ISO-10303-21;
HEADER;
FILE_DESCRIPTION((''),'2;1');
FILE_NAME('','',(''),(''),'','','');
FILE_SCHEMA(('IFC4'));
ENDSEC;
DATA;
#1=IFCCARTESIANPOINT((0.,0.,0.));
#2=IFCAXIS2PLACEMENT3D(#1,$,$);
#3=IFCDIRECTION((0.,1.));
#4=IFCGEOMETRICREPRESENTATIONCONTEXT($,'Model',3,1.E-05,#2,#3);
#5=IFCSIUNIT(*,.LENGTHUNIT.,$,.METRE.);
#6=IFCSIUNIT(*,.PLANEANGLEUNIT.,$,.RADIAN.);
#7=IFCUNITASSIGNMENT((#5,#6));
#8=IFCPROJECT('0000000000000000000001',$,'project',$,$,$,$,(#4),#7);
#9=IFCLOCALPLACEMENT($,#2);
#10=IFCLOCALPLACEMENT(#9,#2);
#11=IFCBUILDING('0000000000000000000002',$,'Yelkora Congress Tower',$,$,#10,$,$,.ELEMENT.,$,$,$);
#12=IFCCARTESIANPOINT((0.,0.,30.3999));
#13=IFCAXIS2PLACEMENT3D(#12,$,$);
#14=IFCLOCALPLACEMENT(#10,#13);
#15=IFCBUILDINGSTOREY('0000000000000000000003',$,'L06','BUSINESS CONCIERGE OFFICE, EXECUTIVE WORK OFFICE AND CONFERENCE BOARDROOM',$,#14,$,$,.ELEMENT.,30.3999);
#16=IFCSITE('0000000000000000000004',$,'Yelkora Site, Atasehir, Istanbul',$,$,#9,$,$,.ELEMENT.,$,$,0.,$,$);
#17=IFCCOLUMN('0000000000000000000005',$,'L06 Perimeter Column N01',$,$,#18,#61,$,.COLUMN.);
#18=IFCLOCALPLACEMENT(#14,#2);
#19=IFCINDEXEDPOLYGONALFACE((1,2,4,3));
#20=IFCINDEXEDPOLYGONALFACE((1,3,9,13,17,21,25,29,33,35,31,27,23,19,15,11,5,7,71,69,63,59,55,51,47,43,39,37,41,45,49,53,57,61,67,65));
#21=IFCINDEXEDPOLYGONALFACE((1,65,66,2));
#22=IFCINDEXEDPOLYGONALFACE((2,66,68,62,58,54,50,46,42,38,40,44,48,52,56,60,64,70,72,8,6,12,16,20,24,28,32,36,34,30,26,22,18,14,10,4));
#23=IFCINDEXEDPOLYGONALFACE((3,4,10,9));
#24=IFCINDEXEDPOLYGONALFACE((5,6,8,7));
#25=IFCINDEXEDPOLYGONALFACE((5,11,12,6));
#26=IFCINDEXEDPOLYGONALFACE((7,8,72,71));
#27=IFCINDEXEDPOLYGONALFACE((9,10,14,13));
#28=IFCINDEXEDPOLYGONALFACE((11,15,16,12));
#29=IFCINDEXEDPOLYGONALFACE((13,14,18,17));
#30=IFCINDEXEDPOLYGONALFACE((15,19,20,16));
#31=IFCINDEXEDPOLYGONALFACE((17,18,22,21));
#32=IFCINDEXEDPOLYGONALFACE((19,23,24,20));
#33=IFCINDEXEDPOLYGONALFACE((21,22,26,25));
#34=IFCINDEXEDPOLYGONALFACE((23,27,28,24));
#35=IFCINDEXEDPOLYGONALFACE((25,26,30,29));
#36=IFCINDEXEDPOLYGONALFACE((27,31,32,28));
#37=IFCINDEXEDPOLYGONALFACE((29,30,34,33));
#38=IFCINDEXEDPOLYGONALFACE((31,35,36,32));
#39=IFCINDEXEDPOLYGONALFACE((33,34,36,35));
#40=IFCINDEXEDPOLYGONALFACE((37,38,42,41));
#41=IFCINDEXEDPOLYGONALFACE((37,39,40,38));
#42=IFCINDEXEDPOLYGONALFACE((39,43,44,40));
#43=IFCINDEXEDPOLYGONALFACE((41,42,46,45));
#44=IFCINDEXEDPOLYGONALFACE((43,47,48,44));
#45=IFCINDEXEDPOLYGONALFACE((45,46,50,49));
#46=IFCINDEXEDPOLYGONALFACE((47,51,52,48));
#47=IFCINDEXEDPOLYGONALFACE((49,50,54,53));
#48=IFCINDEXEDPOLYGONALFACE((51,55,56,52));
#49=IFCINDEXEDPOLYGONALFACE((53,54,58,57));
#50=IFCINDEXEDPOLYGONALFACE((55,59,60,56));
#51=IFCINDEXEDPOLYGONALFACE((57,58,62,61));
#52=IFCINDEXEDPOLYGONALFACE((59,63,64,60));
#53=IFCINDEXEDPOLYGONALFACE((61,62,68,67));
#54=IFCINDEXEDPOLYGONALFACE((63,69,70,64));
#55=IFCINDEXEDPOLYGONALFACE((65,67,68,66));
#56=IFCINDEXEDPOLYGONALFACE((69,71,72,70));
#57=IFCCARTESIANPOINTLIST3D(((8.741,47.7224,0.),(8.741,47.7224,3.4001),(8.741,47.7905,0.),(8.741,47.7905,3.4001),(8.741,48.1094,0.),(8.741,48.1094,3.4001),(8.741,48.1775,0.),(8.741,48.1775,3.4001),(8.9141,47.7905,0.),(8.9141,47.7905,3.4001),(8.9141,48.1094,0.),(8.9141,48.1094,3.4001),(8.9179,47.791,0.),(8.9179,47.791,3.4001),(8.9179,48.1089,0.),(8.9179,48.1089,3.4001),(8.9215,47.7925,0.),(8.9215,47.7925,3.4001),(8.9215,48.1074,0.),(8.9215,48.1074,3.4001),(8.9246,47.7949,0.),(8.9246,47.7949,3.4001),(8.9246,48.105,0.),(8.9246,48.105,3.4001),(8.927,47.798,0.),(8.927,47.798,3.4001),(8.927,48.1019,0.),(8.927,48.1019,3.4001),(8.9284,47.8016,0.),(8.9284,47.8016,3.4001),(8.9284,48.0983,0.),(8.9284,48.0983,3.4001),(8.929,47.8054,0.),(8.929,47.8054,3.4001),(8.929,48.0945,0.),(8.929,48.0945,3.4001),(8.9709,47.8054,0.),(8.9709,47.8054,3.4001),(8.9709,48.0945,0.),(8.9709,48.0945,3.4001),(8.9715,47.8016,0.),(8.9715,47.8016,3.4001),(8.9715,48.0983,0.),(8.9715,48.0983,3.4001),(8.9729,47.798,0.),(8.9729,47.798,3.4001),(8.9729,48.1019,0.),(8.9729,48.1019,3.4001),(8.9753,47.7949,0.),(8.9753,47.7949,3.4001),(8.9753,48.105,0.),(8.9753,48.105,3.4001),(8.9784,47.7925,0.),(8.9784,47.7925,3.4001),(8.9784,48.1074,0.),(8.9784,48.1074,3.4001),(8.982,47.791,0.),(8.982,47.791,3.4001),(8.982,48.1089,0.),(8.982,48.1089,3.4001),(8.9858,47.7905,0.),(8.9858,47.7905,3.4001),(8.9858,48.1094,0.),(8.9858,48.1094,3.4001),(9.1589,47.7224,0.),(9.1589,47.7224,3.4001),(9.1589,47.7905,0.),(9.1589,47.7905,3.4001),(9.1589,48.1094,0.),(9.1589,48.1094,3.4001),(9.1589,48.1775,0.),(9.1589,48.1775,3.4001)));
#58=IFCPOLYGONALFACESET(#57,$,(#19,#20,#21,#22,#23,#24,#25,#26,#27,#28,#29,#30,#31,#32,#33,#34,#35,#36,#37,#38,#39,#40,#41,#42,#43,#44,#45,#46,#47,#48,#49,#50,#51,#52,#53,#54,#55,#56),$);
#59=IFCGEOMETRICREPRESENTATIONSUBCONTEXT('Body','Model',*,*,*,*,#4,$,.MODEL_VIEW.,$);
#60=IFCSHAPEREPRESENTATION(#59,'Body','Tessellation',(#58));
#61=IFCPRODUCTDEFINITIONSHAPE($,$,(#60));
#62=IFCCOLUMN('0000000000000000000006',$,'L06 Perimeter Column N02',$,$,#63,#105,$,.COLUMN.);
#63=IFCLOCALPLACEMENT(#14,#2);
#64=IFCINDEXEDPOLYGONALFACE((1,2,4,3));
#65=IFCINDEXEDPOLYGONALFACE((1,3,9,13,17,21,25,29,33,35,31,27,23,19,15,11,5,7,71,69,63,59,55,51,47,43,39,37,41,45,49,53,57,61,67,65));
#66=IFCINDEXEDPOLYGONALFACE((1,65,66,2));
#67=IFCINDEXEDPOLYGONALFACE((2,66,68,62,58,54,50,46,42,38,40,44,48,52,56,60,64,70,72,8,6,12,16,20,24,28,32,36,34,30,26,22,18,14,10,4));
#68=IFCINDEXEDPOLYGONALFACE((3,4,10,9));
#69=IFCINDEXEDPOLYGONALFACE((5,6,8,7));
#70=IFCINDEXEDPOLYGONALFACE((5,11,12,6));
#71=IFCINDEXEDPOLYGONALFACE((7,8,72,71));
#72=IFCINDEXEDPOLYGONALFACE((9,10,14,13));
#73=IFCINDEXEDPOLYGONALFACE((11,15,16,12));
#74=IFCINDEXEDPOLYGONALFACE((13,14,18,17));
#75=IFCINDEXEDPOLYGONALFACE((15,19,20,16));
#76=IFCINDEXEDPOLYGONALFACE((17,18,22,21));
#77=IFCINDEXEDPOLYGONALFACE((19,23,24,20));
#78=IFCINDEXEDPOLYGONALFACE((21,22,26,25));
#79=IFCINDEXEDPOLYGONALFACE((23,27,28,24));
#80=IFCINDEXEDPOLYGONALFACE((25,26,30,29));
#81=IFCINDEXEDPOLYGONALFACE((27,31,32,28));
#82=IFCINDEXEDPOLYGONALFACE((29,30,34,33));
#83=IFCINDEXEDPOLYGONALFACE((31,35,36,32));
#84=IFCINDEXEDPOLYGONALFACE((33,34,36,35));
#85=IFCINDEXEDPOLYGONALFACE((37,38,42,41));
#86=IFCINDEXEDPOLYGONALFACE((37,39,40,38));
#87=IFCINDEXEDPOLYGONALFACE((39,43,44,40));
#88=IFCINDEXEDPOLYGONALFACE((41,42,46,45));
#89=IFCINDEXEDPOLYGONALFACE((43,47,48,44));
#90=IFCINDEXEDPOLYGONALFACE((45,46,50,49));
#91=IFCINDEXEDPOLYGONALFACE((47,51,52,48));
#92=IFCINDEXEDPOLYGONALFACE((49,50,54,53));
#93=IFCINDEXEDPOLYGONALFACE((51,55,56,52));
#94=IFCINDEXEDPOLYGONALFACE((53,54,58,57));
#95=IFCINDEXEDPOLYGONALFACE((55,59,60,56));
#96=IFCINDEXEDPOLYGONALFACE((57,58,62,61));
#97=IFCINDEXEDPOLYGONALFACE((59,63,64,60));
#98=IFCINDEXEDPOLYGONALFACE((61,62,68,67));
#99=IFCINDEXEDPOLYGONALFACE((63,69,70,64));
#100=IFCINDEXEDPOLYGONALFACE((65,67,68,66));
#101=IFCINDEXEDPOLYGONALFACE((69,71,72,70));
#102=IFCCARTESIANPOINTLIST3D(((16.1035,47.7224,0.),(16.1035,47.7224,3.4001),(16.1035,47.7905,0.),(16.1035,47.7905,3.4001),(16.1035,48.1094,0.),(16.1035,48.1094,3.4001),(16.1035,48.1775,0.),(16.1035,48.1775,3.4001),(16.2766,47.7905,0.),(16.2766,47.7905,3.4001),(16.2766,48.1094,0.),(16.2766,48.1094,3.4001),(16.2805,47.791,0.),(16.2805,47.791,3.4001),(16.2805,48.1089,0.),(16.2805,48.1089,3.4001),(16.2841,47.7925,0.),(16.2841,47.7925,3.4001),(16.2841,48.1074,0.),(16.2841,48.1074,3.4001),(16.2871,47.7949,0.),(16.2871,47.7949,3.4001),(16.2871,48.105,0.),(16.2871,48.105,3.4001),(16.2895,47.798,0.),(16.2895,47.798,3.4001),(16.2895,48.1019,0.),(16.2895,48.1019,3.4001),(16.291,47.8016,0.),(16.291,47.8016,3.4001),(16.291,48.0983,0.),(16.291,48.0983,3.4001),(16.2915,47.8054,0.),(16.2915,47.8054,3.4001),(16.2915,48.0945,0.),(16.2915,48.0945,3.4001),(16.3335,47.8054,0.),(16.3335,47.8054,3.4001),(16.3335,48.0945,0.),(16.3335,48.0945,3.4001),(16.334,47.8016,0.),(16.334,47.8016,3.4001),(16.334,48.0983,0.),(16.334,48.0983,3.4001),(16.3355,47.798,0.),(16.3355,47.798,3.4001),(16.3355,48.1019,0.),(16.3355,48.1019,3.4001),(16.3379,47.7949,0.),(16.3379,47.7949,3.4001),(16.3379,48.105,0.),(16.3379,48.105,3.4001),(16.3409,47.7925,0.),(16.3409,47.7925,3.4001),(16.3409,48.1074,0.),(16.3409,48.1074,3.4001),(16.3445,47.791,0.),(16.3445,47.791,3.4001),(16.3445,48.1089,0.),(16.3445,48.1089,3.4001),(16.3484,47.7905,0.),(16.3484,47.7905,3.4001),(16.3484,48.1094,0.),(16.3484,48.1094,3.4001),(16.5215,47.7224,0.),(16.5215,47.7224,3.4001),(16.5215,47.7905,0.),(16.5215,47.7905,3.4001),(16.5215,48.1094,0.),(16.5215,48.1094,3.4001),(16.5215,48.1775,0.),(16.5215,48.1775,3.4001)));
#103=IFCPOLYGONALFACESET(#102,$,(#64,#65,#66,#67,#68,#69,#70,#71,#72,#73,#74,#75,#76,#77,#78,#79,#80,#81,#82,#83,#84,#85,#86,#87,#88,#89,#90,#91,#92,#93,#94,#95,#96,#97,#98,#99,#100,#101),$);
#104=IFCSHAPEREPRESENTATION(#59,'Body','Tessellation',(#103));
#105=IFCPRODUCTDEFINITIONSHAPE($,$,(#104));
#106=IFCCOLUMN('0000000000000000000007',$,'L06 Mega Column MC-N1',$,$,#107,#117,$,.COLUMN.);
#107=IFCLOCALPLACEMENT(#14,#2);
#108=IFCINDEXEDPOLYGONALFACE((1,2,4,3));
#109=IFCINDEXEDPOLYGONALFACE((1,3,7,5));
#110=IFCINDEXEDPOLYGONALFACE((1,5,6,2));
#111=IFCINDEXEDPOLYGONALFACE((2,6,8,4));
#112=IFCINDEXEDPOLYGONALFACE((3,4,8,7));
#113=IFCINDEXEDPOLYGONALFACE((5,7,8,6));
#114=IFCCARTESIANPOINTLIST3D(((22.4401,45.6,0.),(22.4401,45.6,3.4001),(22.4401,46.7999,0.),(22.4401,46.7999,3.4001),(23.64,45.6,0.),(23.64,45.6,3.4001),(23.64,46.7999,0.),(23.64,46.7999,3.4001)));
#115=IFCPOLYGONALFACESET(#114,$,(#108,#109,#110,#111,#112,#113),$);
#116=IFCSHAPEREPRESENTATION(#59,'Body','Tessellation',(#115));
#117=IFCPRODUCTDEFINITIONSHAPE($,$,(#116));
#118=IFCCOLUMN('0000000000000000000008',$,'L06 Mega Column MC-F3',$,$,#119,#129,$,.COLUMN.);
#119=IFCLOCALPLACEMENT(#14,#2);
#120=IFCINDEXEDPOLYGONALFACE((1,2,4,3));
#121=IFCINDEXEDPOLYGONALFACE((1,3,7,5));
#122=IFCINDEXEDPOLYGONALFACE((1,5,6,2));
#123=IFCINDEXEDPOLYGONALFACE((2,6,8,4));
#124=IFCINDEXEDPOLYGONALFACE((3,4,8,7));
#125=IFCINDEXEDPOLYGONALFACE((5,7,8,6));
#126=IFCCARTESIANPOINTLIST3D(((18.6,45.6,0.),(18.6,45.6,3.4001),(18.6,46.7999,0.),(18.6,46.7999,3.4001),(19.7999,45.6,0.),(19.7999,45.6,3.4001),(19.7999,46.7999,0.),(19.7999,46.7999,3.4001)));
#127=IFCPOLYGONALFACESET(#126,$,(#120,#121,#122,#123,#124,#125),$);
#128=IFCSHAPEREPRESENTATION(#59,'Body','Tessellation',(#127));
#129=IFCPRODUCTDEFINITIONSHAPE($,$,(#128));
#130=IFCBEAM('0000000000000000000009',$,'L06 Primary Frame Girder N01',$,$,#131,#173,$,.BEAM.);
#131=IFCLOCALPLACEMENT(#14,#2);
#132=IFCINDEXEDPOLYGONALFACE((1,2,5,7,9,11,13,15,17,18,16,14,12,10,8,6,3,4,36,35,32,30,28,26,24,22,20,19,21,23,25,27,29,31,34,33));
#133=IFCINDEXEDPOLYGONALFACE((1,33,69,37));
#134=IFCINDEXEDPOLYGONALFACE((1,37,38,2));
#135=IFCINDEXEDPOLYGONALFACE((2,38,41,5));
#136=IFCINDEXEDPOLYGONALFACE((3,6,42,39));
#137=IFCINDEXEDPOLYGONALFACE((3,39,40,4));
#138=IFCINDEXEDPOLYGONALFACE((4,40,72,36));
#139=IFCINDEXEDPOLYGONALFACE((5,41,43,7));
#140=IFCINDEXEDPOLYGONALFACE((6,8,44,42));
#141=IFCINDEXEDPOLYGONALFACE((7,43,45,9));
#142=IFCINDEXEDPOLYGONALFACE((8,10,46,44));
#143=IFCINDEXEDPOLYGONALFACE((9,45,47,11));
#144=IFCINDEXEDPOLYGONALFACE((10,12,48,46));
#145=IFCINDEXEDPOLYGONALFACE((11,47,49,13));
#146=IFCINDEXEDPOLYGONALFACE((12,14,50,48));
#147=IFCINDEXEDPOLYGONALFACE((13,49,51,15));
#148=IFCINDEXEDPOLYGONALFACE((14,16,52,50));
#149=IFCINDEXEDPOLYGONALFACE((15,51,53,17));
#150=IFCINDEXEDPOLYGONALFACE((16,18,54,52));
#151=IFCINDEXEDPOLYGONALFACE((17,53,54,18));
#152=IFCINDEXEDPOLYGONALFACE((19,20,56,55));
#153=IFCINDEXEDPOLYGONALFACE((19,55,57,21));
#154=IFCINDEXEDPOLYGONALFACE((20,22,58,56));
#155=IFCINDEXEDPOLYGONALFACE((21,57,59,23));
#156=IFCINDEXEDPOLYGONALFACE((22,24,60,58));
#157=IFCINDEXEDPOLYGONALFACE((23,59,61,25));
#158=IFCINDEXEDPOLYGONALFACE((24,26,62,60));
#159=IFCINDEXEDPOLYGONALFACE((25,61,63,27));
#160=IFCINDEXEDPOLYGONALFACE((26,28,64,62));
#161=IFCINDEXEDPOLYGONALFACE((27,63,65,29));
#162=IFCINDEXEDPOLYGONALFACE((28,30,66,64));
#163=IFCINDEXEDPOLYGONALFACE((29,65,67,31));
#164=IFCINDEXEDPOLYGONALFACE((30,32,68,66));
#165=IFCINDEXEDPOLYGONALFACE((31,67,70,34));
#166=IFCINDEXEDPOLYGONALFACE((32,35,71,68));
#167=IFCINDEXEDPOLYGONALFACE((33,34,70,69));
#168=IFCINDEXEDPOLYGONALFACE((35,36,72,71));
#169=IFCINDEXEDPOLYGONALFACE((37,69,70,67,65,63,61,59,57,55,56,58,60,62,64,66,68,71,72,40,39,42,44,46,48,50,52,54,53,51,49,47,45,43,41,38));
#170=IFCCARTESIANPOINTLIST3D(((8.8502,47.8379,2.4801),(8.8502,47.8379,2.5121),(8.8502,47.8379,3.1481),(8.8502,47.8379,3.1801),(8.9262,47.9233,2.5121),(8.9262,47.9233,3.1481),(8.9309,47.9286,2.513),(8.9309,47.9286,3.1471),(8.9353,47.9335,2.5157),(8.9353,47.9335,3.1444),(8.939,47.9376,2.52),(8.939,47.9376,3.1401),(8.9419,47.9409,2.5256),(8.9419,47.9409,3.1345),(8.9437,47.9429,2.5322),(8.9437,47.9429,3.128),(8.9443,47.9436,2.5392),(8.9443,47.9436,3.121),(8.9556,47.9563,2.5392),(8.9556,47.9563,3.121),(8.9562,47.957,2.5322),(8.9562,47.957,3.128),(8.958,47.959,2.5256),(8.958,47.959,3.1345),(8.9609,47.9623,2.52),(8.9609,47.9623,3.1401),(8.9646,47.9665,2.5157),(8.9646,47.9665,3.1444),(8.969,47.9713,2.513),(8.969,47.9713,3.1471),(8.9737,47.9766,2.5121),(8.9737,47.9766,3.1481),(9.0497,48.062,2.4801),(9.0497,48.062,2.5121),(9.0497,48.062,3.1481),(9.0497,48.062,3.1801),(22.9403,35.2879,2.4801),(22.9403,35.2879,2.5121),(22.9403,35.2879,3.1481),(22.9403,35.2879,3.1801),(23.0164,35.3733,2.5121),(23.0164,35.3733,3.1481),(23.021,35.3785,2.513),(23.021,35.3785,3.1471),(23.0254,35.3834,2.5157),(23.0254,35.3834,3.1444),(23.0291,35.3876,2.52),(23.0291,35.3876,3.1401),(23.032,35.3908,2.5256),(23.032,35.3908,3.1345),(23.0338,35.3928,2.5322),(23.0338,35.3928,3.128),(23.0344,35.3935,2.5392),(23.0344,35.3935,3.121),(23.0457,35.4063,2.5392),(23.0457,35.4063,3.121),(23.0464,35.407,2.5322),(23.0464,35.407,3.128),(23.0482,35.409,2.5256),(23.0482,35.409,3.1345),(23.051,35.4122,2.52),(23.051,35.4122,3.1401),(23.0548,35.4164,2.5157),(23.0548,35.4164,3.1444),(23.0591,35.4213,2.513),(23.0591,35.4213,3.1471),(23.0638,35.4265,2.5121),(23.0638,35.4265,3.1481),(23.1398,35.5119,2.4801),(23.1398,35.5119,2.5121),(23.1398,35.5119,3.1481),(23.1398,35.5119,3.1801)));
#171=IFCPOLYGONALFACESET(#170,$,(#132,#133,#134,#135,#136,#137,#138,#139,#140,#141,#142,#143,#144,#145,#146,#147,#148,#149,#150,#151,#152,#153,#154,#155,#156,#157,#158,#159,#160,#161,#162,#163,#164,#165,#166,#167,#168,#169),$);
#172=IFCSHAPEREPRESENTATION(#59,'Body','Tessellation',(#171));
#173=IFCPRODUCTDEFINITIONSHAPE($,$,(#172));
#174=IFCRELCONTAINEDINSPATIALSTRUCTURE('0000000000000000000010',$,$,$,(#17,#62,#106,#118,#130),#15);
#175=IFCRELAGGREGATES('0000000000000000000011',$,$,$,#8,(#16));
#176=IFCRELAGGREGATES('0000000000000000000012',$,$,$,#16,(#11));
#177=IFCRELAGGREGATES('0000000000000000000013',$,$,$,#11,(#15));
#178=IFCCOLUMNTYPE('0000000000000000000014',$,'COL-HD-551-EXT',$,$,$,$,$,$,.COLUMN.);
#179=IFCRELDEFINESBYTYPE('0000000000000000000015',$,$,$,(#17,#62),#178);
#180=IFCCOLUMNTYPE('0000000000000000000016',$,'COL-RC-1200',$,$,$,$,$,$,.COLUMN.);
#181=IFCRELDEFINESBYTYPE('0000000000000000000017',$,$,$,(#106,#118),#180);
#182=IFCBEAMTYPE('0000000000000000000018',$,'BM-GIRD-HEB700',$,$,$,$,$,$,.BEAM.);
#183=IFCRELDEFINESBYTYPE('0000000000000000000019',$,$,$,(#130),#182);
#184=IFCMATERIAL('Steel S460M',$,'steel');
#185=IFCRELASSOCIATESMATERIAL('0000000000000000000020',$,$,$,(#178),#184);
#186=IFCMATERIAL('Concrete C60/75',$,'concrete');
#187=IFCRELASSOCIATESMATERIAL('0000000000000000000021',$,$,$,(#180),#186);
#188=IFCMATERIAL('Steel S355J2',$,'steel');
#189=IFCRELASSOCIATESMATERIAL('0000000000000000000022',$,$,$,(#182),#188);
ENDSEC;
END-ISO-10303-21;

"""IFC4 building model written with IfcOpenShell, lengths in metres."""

from ifc_helpers import new_model, si_unit, direction, frame, origin, origin_2d, place, context, subcontext, project, spatial, rectangle, i_section, extrude, material, material_profile, profile_set, type_object, element, save


model = new_model("IFC4")

# Units and contexts
model_context = context("Model", 3, precision=1e-05, world=origin(), true_north=direction((0.0, 1.0)))
body_context = subcontext(model_context, "Body", "Model", "MODEL_VIEW")
ifc_project = project(units=[si_unit("LENGTHUNIT", "METRE"), si_unit("PLANEANGLEUNIT", "RADIAN")], contexts=[model_context])

# Site, building, storey
site_placement = place(None, origin())
site = spatial("IfcSite", under=ifc_project, at=site_placement, Name="Yelkora Site, Atasehir, Istanbul", CompositionType="ELEMENT", RefElevation=0.0)
building_placement = place(site_placement, origin())
building = spatial("IfcBuilding", under=site, at=building_placement, Name="Yelkora Congress Tower", CompositionType="ELEMENT")
storey_placement = place(building_placement, frame((0.0, 0.0, 30.3999)))
storey = spatial("IfcBuildingStorey", under=building, at=storey_placement, Name="L06", Description="BUSINESS CONCIERGE OFFICE, EXECUTIVE WORK OFFICE AND CONFERENCE BOARDROOM", CompositionType="ELEMENT", Elevation=30.3999)

# Columns
ifc_material_1 = material(Name="Steel S460M", Category="steel")
ifc_material_profile_1 = material_profile(ifc_material_1, i_section(OverallWidth=0.418, OverallDepth=0.4551, WebThickness=0.042, FlangeThickness=0.0681, FilletRadius=0.0149, at=origin_2d()), Name="HD 400x551")
ifc_profile_set_1 = profile_set([ifc_material_profile_1], Name="Steel S460M")
column_type_1 = type_object("IfcColumnType", Name="COL-HD-551-EXT", PredefinedType="COLUMN", material=ifc_profile_set_1)
for number, where, z_axis, x_axis, name in (
    (1, (8.95, 47.95, 0.0), (0.0, 0.0, 1.0), (1.0, 0.0, 0.0), "L06 Perimeter Column N01"),
    (2, (16.3125, 47.95, 0.0), (0.0, 0.0, 1.0), (1.0, 0.0, 0.0), "L06 Perimeter Column N02"),
):
    element("IfcColumn", number, at=place(storey_placement, frame(where, z_axis=z_axis, x_axis=x_axis)), inside=storey, type_object=column_type_1, Name=name, PredefinedType="COLUMN", context=body_context, shape_type="SweptSolid", body=[
        extrude(i_section(OverallWidth=0.418, OverallDepth=0.4551, WebThickness=0.042, FlangeThickness=0.0681, FilletRadius=0.0149, at=origin_2d()), origin(), (0.0, 0.0, 1.0), 3.4001),
    ])
ifc_material_2 = material(Name="Concrete C60/75", Category="concrete")
ifc_material_profile_2 = material_profile(ifc_material_2, rectangle(XDim=1.2, YDim=1.2, at=origin_2d()), Name="RC 1200x1200")
ifc_profile_set_2 = profile_set([ifc_material_profile_2], Name="Concrete C60/75")
column_type_2 = type_object("IfcColumnType", Name="COL-RC-1200", PredefinedType="COLUMN", material=ifc_profile_set_2)
for number, where, z_axis, x_axis, name in (
    (3, (23.04, 46.2, 0.0), (0.0, 0.0, 1.0), (1.0, 0.0, 0.0), "L06 Mega Column MC-N1"),
    (4, (19.2, 46.2, 0.0), (0.0, 0.0, 1.0), (1.0, 0.0, 0.0), "L06 Mega Column MC-F3"),
):
    element("IfcColumn", number, at=place(storey_placement, frame(where, z_axis=z_axis, x_axis=x_axis)), inside=storey, type_object=column_type_2, Name=name, PredefinedType="COLUMN", context=body_context, shape_type="SweptSolid", body=[
        extrude(rectangle(XDim=1.2, YDim=1.2, at=origin_2d()), origin(), (0.0, 0.0, 1.0), 3.4001),
    ])

# Beam
ifc_material_3 = material(Name="Steel S355J2", Category="steel")
ifc_material_profile_3 = material_profile(ifc_material_3, i_section(OverallWidth=0.3, OverallDepth=0.7, WebThickness=0.0171, FlangeThickness=0.032, FilletRadius=0.0271, at=origin_2d()), Name="HEB 700")
ifc_profile_set_3 = profile_set([ifc_material_profile_3], Name="Steel S355J2")
beam_type_1 = type_object("IfcBeamType", Name="BM-GIRD-HEB700", PredefinedType="BEAM", material=ifc_profile_set_3)
beam_1_placement = place(storey_placement, frame((8.95, 47.95, 2.8301), z_axis=(0.746737, -0.665119, 0.0), x_axis=(0.665119, 0.746737, 0.0)))
element("IfcBeam", 5, at=beam_1_placement, inside=storey, type_object=beam_type_1, Name="L06 Primary Frame Girder N01", PredefinedType="BEAM", context=body_context, shape_type="SweptSolid", body=[
    extrude(i_section(OverallWidth=0.3, OverallDepth=0.7, WebThickness=0.0171, FlangeThickness=0.032, FilletRadius=0.0271, at=origin_2d()), origin(), (0.0, 0.0, 1.0), 18.8689),
])

save(model, "model.ifc")
